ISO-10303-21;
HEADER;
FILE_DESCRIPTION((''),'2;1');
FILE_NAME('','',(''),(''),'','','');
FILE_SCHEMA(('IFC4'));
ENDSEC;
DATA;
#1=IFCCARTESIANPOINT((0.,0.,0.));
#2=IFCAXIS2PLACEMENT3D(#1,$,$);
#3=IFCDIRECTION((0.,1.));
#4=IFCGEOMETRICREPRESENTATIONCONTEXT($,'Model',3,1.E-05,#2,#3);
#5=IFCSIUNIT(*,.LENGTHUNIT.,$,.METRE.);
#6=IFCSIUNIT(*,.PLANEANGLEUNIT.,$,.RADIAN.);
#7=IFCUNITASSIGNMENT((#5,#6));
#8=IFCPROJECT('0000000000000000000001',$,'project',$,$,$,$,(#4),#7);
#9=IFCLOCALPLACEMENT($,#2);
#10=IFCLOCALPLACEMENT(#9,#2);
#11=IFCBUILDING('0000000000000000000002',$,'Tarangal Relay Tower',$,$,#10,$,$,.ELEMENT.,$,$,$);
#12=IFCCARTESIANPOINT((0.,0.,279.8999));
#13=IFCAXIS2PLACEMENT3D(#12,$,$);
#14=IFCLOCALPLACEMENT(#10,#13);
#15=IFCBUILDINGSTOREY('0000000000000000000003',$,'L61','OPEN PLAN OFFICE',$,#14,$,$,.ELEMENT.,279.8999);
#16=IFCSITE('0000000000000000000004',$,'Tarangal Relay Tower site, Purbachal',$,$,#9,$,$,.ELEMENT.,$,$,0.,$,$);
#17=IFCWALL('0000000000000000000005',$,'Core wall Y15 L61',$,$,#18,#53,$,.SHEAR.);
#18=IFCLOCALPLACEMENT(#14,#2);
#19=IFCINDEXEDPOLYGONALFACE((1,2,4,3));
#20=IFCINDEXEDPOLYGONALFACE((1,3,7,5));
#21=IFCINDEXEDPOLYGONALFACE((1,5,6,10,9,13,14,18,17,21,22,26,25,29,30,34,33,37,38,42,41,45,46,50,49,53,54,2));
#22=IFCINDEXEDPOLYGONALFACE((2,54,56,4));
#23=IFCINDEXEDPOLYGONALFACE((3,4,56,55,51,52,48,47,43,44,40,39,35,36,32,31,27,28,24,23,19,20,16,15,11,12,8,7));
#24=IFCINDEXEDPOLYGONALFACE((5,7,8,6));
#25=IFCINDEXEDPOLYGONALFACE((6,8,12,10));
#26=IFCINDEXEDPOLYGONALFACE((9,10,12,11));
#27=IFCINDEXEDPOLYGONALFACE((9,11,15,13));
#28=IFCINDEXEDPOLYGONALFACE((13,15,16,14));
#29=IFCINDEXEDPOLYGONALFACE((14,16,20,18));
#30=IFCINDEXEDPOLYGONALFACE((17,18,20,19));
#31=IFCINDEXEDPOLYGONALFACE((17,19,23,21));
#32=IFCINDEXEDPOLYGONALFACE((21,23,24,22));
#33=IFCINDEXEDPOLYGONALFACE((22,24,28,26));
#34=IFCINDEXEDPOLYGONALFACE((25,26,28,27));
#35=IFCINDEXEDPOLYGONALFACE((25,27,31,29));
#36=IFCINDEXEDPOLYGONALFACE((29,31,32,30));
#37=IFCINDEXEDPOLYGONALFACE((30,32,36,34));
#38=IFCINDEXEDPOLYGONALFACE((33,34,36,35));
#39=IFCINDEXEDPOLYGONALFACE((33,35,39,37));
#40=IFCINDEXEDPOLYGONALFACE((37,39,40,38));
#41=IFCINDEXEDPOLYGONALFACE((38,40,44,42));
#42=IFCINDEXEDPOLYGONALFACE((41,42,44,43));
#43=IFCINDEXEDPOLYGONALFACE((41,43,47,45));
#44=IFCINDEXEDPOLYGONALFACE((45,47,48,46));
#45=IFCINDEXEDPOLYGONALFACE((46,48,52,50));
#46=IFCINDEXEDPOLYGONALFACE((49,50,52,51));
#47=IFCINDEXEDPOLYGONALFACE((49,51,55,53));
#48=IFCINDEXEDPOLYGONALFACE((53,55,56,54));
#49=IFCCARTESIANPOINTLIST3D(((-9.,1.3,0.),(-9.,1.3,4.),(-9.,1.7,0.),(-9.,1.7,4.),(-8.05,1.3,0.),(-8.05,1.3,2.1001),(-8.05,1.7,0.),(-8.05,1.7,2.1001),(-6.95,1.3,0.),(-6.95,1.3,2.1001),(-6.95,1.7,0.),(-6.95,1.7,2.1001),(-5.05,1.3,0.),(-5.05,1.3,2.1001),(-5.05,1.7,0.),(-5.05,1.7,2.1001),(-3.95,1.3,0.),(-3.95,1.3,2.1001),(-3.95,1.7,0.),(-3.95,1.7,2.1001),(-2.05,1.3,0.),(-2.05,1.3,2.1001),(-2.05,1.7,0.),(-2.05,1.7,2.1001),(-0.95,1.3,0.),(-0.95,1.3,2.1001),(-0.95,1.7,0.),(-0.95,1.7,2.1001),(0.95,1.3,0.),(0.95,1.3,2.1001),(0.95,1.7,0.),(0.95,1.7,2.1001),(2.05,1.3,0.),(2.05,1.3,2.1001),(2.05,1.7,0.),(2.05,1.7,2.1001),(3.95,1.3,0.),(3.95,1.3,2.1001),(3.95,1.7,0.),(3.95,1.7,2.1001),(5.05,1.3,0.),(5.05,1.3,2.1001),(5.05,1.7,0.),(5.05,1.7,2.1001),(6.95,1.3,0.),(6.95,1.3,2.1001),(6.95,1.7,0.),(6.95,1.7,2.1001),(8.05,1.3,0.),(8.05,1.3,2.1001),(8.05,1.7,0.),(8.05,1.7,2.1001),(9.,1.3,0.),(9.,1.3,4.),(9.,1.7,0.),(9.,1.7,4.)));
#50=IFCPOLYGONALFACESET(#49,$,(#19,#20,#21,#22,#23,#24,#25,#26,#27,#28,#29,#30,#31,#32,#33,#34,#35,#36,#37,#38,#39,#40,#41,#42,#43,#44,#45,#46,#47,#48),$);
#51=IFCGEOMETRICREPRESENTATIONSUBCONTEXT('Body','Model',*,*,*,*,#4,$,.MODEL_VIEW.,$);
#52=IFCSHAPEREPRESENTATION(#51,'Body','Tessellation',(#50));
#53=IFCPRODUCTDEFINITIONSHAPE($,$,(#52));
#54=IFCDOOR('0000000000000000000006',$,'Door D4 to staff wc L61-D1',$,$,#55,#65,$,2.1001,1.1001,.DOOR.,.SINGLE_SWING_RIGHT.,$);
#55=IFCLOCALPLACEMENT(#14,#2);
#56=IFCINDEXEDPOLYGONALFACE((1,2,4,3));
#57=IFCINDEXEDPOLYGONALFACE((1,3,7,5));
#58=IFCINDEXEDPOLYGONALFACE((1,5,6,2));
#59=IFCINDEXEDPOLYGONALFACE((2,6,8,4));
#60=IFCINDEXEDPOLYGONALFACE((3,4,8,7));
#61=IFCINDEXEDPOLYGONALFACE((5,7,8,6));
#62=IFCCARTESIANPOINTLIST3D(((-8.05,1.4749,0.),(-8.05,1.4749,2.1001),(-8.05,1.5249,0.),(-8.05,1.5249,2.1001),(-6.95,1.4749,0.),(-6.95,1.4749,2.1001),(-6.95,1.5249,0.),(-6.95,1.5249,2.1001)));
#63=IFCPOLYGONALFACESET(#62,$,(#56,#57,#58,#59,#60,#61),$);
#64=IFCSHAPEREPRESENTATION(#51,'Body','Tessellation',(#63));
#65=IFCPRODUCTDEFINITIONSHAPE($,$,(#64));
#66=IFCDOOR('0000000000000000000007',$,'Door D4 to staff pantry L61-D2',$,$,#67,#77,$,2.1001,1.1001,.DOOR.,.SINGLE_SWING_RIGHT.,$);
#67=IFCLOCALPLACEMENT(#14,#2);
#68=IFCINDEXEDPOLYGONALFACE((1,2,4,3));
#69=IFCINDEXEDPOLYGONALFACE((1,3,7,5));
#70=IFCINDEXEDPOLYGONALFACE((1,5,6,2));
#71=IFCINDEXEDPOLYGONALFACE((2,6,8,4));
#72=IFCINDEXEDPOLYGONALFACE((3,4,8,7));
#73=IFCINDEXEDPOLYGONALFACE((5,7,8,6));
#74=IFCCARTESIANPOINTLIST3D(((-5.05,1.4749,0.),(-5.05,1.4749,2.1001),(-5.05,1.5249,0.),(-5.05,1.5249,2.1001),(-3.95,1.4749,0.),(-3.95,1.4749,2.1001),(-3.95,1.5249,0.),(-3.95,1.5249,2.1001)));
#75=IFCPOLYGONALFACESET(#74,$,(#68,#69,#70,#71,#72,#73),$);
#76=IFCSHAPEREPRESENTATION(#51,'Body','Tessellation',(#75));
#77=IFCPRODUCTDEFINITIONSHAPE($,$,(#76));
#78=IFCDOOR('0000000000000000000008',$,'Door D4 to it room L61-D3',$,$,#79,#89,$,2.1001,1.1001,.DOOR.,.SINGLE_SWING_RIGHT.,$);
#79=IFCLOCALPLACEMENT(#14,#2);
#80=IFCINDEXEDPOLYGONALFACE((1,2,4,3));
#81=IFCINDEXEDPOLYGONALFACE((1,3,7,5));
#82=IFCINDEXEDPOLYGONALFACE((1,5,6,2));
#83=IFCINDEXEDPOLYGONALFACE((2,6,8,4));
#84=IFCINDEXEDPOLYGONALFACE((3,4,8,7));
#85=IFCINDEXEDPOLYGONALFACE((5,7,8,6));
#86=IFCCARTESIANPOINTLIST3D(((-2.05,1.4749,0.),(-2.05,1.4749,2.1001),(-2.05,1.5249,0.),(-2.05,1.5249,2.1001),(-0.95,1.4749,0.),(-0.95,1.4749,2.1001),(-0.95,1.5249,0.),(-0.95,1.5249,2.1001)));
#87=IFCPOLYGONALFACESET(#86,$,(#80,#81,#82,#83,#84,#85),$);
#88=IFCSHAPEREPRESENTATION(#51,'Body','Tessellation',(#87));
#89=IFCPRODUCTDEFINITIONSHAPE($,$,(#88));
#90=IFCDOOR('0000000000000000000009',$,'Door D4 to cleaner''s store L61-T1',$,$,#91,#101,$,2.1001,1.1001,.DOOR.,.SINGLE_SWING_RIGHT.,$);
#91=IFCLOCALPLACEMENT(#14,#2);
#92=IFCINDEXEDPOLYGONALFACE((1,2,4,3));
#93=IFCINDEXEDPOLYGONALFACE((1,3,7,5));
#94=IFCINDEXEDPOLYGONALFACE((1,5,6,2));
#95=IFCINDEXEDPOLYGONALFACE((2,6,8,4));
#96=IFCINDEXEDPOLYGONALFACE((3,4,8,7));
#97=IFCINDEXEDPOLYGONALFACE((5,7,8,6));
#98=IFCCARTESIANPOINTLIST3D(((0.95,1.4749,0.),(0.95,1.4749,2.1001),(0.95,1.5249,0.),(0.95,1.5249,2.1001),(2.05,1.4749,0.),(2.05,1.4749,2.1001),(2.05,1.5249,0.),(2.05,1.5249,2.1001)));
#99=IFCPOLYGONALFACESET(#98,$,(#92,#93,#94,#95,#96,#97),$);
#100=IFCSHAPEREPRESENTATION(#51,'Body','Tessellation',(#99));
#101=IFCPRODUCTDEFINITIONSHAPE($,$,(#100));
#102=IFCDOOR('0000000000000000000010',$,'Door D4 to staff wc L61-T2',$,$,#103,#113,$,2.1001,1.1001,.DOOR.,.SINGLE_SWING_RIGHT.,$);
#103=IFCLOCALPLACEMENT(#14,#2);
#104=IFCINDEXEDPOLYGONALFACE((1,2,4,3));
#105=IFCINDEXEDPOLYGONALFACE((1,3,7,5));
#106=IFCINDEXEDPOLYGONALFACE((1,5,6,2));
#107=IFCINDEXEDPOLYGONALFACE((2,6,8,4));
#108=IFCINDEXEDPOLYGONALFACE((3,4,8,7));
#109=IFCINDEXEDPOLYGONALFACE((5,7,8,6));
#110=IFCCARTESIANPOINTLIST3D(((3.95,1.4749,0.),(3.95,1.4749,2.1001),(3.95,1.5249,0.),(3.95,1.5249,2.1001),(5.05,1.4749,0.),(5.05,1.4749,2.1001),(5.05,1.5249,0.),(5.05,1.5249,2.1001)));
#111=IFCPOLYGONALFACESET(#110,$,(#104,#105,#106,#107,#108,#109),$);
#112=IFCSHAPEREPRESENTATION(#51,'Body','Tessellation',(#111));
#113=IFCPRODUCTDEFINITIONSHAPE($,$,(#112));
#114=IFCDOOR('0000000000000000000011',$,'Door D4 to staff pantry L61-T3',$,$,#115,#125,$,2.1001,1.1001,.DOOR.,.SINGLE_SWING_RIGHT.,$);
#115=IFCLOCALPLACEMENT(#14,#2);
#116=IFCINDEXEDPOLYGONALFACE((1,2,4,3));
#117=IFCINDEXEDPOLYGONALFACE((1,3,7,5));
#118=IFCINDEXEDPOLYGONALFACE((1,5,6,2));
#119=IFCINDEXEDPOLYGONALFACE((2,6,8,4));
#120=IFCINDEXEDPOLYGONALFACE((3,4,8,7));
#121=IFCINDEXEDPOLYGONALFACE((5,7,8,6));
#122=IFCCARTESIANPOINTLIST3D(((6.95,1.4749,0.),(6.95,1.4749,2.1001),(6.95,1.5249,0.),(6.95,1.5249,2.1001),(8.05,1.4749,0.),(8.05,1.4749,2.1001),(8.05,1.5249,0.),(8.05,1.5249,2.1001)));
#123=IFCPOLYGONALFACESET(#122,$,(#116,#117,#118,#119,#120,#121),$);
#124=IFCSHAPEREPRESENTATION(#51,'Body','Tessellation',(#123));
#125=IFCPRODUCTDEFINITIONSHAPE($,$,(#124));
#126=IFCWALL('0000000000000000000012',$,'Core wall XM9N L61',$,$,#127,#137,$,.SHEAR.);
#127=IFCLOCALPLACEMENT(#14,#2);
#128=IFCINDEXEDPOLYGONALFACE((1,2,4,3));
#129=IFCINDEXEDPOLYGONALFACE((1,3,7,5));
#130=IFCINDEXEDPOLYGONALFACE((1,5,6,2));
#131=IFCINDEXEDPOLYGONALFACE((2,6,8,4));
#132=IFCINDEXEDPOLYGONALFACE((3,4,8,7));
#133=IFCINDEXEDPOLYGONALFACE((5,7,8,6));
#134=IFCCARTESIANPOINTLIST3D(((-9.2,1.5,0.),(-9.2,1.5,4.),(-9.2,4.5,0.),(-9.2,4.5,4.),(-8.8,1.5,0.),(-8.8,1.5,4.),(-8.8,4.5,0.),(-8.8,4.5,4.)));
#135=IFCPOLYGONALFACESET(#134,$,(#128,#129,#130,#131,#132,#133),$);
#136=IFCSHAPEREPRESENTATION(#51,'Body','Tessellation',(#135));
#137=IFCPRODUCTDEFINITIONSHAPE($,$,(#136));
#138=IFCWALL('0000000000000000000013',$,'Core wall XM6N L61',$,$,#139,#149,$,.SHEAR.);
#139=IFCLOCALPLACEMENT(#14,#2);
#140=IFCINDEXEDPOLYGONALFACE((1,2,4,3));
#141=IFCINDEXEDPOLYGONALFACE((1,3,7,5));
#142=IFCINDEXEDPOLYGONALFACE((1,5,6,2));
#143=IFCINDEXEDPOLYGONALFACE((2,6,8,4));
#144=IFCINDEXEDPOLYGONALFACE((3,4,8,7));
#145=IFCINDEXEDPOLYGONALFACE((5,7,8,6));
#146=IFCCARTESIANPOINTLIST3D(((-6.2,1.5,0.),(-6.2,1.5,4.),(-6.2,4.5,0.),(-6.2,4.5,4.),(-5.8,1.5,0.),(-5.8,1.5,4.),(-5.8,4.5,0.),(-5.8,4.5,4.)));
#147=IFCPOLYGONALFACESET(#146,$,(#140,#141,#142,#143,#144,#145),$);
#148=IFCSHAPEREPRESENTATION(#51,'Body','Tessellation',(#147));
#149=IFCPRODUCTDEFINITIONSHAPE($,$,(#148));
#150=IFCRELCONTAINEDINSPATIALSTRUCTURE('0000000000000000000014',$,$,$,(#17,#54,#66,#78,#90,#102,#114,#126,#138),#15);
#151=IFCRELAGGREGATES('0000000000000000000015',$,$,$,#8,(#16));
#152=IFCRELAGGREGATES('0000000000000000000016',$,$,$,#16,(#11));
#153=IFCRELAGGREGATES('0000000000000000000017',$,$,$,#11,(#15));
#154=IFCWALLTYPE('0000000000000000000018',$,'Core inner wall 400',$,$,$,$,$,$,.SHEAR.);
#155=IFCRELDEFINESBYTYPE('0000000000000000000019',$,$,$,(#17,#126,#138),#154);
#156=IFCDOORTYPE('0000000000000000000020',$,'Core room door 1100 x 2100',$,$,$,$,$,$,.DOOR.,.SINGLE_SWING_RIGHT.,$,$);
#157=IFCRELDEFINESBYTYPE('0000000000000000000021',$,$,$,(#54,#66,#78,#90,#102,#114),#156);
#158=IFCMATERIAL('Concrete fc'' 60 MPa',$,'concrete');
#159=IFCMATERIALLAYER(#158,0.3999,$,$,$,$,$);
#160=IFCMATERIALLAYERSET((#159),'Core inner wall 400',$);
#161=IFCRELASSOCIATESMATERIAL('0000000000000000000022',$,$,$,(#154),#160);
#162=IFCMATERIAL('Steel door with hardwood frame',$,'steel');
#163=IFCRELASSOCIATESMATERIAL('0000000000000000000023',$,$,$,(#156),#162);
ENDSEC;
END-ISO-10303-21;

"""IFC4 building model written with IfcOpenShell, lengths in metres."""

from ifc_helpers import new_model, si_unit, direction, frame, frame_2d, origin, place, context, subcontext, project, spatial, rectangle, extrude, material, layer, layer_set, type_object, element, fill, save


model = new_model("IFC4")

# Units and contexts
model_context = context("Model", 3, precision=1e-05, world=origin(), true_north=direction((0.0, 1.0)))
body_context = subcontext(model_context, "Body", "Model", "MODEL_VIEW")
ifc_project = project(units=[si_unit("LENGTHUNIT", "METRE"), si_unit("PLANEANGLEUNIT", "RADIAN")], contexts=[model_context])

# Site, building, storey
site_placement = place(None, origin())
site = spatial("IfcSite", under=ifc_project, at=site_placement, Name="Tarangal Relay Tower site, Purbachal", CompositionType="ELEMENT", RefElevation=0.0)
building_placement = place(site_placement, origin())
building = spatial("IfcBuilding", under=site, at=building_placement, Name="Tarangal Relay Tower", CompositionType="ELEMENT")
storey_placement = place(building_placement, frame((0.0, 0.0, 279.8999)))
storey = spatial("IfcBuildingStorey", under=building, at=storey_placement, Name="L61", Description="OPEN PLAN OFFICE", CompositionType="ELEMENT", Elevation=279.8999)

# Wall, openings, doors
ifc_material_1 = material(Name="Concrete fc' 60 MPa", Category="concrete")
ifc_layer = layer(ifc_material_1, 0.3999)
ifc_layer_set = layer_set([ifc_layer], Name="Core inner wall 400")
wall_type = type_object("IfcWallType", Name="Core inner wall 400", PredefinedType="SHEAR", material=ifc_layer_set)
wall_1_placement = place(storey_placement, frame((-9.0, 1.5, 0.0), z_axis=(0.0, 0.0, 1.0), x_axis=(1.0, 0.0, 0.0)))
wall_1 = element("IfcWall", 1, at=wall_1_placement, inside=storey, type_object=wall_type, Name="Core wall Y15 L61", PredefinedType="SHEAR", context=body_context, shape_type="SweptSolid", body=[
    extrude(rectangle(XDim=18.0, YDim=0.3999, at=frame_2d((9.0, 0.0))), origin(), (0.0, 0.0, 1.0), 4.0),
])
opening_1_placement = place(wall_1_placement, frame((0.95, 0.0, 0.0)))
opening_1 = element("IfcOpeningElement", 2, at=opening_1_placement, cuts=wall_1, PredefinedType="OPENING", context=body_context, shape_type="SweptSolid", body=[
    extrude(rectangle(XDim=1.1001, YDim=2.1001, at=frame_2d((0.55, 1.05))), frame((0.0, 0.21, 0.0), z_axis=(0.0, -1.0, 0.0), x_axis=(1.0, 0.0, 0.0)), (0.0, 0.0, 1.0), 0.4199),
])
opening_2_placement = place(wall_1_placement, frame((3.95, 0.0, 0.0)))
opening_2 = element("IfcOpeningElement", 3, at=opening_2_placement, cuts=wall_1, PredefinedType="OPENING", context=body_context, shape_type="SweptSolid", body=[
    extrude(rectangle(XDim=1.1001, YDim=2.1001, at=frame_2d((0.55, 1.05))), frame((0.0, 0.21, 0.0), z_axis=(0.0, -1.0, 0.0), x_axis=(1.0, 0.0, 0.0)), (0.0, 0.0, 1.0), 0.4199),
])
opening_3_placement = place(wall_1_placement, frame((6.95, 0.0, 0.0)))
opening_3 = element("IfcOpeningElement", 4, at=opening_3_placement, cuts=wall_1, PredefinedType="OPENING", context=body_context, shape_type="SweptSolid", body=[
    extrude(rectangle(XDim=1.1001, YDim=2.1001, at=frame_2d((0.55, 1.05))), frame((0.0, 0.21, 0.0), z_axis=(0.0, -1.0, 0.0), x_axis=(1.0, 0.0, 0.0)), (0.0, 0.0, 1.0), 0.4199),
])
opening_4_placement = place(wall_1_placement, frame((9.95, 0.0, 0.0)))
opening_4 = element("IfcOpeningElement", 5, at=opening_4_placement, cuts=wall_1, PredefinedType="OPENING", context=body_context, shape_type="SweptSolid", body=[
    extrude(rectangle(XDim=1.1001, YDim=2.1001, at=frame_2d((0.55, 1.05))), frame((0.0, 0.21, 0.0), z_axis=(0.0, -1.0, 0.0), x_axis=(1.0, 0.0, 0.0)), (0.0, 0.0, 1.0), 0.4199),
])
opening_5_placement = place(wall_1_placement, frame((12.95, 0.0, 0.0)))
opening_5 = element("IfcOpeningElement", 6, at=opening_5_placement, cuts=wall_1, PredefinedType="OPENING", context=body_context, shape_type="SweptSolid", body=[
    extrude(rectangle(XDim=1.1001, YDim=2.1001, at=frame_2d((0.55, 1.05))), frame((0.0, 0.21, 0.0), z_axis=(0.0, -1.0, 0.0), x_axis=(1.0, 0.0, 0.0)), (0.0, 0.0, 1.0), 0.4199),
])
opening_6_placement = place(wall_1_placement, frame((15.95, 0.0, 0.0)))
opening_6 = element("IfcOpeningElement", 7, at=opening_6_placement, cuts=wall_1, PredefinedType="OPENING", context=body_context, shape_type="SweptSolid", body=[
    extrude(rectangle(XDim=1.1001, YDim=2.1001, at=frame_2d((0.55, 1.05))), frame((0.0, 0.21, 0.0), z_axis=(0.0, -1.0, 0.0), x_axis=(1.0, 0.0, 0.0)), (0.0, 0.0, 1.0), 0.4199),
])
ifc_material_2 = material(Name="Steel door with hardwood frame", Category="steel")
door_type_1 = type_object("IfcDoorType", Name="Core room door 1100 x 2100", OperationType="SINGLE_SWING_RIGHT", PredefinedType="DOOR", material=ifc_material_2)
door_1_placement = place(opening_1_placement, origin())
door_1 = element("IfcDoor", 8, at=door_1_placement, inside=storey, type_object=door_type_1, Name="Door D4 to staff wc L61-D1", OperationType="SINGLE_SWING_RIGHT", OverallHeight=2.1001, OverallWidth=1.1001, PredefinedType="DOOR", context=body_context, shape_type="SweptSolid", body=[
    extrude(rectangle(XDim=1.1001, YDim=2.1001, at=frame_2d((0.55, 1.05))), frame((0.0, 0.0249, 0.0), z_axis=(0.0, -1.0, 0.0), x_axis=(1.0, 0.0, 0.0)), (0.0, 0.0, 1.0), 0.05),
])
fill(opening_1, door_1)
door_2_placement = place(opening_2_placement, origin())
door_2 = element("IfcDoor", 9, at=door_2_placement, inside=storey, type_object=door_type_1, Name="Door D4 to staff pantry L61-D2", OperationType="SINGLE_SWING_RIGHT", OverallHeight=2.1001, OverallWidth=1.1001, PredefinedType="DOOR", context=body_context, shape_type="SweptSolid", body=[
    extrude(rectangle(XDim=1.1001, YDim=2.1001, at=frame_2d((0.55, 1.05))), frame((0.0, 0.0249, 0.0), z_axis=(0.0, -1.0, 0.0), x_axis=(1.0, 0.0, 0.0)), (0.0, 0.0, 1.0), 0.05),
])
fill(opening_2, door_2)
door_3_placement = place(opening_3_placement, origin())
door_3 = element("IfcDoor", 10, at=door_3_placement, inside=storey, type_object=door_type_1, Name="Door D4 to it room L61-D3", OperationType="SINGLE_SWING_RIGHT", OverallHeight=2.1001, OverallWidth=1.1001, PredefinedType="DOOR", context=body_context, shape_type="SweptSolid", body=[
    extrude(rectangle(XDim=1.1001, YDim=2.1001, at=frame_2d((0.55, 1.05))), frame((0.0, 0.0249, 0.0), z_axis=(0.0, -1.0, 0.0), x_axis=(1.0, 0.0, 0.0)), (0.0, 0.0, 1.0), 0.05),
])
fill(opening_3, door_3)
door_4_placement = place(opening_4_placement, origin())
door_4 = element("IfcDoor", 11, at=door_4_placement, inside=storey, type_object=door_type_1, Name="Door D4 to cleaner's store L61-T1", OperationType="SINGLE_SWING_RIGHT", OverallHeight=2.1001, OverallWidth=1.1001, PredefinedType="DOOR", context=body_context, shape_type="SweptSolid", body=[
    extrude(rectangle(XDim=1.1001, YDim=2.1001, at=frame_2d((0.55, 1.05))), frame((0.0, 0.0249, 0.0), z_axis=(0.0, -1.0, 0.0), x_axis=(1.0, 0.0, 0.0)), (0.0, 0.0, 1.0), 0.05),
])
fill(opening_4, door_4)
door_5_placement = place(opening_5_placement, origin())
door_5 = element("IfcDoor", 12, at=door_5_placement, inside=storey, type_object=door_type_1, Name="Door D4 to staff wc L61-T2", OperationType="SINGLE_SWING_RIGHT", OverallHeight=2.1001, OverallWidth=1.1001, PredefinedType="DOOR", context=body_context, shape_type="SweptSolid", body=[
    extrude(rectangle(XDim=1.1001, YDim=2.1001, at=frame_2d((0.55, 1.05))), frame((0.0, 0.0249, 0.0), z_axis=(0.0, -1.0, 0.0), x_axis=(1.0, 0.0, 0.0)), (0.0, 0.0, 1.0), 0.05),
])
fill(opening_5, door_5)
door_6_placement = place(opening_6_placement, origin())
door_6 = element("IfcDoor", 13, at=door_6_placement, inside=storey, type_object=door_type_1, Name="Door D4 to staff pantry L61-T3", OperationType="SINGLE_SWING_RIGHT", OverallHeight=2.1001, OverallWidth=1.1001, PredefinedType="DOOR", context=body_context, shape_type="SweptSolid", body=[
    extrude(rectangle(XDim=1.1001, YDim=2.1001, at=frame_2d((0.55, 1.05))), frame((0.0, 0.0249, 0.0), z_axis=(0.0, -1.0, 0.0), x_axis=(1.0, 0.0, 0.0)), (0.0, 0.0, 1.0), 0.05),
])
fill(opening_6, door_6)

# Walls
for number, where, z_axis, x_axis, name in (
    (14, (-9.0, 1.5, 0.0), (0.0, 0.0, 1.0), (0.0, 1.0, 0.0), "Core wall XM9N L61"),
    (15, (-6.0, 1.5, 0.0), (0.0, 0.0, 1.0), (0.0, 1.0, 0.0), "Core wall XM6N L61"),
):
    element("IfcWall", number, at=place(storey_placement, frame(where, z_axis=z_axis, x_axis=x_axis)), inside=storey, type_object=wall_type, Name=name, PredefinedType="SHEAR", context=body_context, shape_type="SweptSolid", body=[
        extrude(rectangle(XDim=3.0, YDim=0.3999, at=frame_2d((1.5, 0.0))), origin(), (0.0, 0.0, 1.0), 4.0),
    ])

save(model, "model.ifc")
